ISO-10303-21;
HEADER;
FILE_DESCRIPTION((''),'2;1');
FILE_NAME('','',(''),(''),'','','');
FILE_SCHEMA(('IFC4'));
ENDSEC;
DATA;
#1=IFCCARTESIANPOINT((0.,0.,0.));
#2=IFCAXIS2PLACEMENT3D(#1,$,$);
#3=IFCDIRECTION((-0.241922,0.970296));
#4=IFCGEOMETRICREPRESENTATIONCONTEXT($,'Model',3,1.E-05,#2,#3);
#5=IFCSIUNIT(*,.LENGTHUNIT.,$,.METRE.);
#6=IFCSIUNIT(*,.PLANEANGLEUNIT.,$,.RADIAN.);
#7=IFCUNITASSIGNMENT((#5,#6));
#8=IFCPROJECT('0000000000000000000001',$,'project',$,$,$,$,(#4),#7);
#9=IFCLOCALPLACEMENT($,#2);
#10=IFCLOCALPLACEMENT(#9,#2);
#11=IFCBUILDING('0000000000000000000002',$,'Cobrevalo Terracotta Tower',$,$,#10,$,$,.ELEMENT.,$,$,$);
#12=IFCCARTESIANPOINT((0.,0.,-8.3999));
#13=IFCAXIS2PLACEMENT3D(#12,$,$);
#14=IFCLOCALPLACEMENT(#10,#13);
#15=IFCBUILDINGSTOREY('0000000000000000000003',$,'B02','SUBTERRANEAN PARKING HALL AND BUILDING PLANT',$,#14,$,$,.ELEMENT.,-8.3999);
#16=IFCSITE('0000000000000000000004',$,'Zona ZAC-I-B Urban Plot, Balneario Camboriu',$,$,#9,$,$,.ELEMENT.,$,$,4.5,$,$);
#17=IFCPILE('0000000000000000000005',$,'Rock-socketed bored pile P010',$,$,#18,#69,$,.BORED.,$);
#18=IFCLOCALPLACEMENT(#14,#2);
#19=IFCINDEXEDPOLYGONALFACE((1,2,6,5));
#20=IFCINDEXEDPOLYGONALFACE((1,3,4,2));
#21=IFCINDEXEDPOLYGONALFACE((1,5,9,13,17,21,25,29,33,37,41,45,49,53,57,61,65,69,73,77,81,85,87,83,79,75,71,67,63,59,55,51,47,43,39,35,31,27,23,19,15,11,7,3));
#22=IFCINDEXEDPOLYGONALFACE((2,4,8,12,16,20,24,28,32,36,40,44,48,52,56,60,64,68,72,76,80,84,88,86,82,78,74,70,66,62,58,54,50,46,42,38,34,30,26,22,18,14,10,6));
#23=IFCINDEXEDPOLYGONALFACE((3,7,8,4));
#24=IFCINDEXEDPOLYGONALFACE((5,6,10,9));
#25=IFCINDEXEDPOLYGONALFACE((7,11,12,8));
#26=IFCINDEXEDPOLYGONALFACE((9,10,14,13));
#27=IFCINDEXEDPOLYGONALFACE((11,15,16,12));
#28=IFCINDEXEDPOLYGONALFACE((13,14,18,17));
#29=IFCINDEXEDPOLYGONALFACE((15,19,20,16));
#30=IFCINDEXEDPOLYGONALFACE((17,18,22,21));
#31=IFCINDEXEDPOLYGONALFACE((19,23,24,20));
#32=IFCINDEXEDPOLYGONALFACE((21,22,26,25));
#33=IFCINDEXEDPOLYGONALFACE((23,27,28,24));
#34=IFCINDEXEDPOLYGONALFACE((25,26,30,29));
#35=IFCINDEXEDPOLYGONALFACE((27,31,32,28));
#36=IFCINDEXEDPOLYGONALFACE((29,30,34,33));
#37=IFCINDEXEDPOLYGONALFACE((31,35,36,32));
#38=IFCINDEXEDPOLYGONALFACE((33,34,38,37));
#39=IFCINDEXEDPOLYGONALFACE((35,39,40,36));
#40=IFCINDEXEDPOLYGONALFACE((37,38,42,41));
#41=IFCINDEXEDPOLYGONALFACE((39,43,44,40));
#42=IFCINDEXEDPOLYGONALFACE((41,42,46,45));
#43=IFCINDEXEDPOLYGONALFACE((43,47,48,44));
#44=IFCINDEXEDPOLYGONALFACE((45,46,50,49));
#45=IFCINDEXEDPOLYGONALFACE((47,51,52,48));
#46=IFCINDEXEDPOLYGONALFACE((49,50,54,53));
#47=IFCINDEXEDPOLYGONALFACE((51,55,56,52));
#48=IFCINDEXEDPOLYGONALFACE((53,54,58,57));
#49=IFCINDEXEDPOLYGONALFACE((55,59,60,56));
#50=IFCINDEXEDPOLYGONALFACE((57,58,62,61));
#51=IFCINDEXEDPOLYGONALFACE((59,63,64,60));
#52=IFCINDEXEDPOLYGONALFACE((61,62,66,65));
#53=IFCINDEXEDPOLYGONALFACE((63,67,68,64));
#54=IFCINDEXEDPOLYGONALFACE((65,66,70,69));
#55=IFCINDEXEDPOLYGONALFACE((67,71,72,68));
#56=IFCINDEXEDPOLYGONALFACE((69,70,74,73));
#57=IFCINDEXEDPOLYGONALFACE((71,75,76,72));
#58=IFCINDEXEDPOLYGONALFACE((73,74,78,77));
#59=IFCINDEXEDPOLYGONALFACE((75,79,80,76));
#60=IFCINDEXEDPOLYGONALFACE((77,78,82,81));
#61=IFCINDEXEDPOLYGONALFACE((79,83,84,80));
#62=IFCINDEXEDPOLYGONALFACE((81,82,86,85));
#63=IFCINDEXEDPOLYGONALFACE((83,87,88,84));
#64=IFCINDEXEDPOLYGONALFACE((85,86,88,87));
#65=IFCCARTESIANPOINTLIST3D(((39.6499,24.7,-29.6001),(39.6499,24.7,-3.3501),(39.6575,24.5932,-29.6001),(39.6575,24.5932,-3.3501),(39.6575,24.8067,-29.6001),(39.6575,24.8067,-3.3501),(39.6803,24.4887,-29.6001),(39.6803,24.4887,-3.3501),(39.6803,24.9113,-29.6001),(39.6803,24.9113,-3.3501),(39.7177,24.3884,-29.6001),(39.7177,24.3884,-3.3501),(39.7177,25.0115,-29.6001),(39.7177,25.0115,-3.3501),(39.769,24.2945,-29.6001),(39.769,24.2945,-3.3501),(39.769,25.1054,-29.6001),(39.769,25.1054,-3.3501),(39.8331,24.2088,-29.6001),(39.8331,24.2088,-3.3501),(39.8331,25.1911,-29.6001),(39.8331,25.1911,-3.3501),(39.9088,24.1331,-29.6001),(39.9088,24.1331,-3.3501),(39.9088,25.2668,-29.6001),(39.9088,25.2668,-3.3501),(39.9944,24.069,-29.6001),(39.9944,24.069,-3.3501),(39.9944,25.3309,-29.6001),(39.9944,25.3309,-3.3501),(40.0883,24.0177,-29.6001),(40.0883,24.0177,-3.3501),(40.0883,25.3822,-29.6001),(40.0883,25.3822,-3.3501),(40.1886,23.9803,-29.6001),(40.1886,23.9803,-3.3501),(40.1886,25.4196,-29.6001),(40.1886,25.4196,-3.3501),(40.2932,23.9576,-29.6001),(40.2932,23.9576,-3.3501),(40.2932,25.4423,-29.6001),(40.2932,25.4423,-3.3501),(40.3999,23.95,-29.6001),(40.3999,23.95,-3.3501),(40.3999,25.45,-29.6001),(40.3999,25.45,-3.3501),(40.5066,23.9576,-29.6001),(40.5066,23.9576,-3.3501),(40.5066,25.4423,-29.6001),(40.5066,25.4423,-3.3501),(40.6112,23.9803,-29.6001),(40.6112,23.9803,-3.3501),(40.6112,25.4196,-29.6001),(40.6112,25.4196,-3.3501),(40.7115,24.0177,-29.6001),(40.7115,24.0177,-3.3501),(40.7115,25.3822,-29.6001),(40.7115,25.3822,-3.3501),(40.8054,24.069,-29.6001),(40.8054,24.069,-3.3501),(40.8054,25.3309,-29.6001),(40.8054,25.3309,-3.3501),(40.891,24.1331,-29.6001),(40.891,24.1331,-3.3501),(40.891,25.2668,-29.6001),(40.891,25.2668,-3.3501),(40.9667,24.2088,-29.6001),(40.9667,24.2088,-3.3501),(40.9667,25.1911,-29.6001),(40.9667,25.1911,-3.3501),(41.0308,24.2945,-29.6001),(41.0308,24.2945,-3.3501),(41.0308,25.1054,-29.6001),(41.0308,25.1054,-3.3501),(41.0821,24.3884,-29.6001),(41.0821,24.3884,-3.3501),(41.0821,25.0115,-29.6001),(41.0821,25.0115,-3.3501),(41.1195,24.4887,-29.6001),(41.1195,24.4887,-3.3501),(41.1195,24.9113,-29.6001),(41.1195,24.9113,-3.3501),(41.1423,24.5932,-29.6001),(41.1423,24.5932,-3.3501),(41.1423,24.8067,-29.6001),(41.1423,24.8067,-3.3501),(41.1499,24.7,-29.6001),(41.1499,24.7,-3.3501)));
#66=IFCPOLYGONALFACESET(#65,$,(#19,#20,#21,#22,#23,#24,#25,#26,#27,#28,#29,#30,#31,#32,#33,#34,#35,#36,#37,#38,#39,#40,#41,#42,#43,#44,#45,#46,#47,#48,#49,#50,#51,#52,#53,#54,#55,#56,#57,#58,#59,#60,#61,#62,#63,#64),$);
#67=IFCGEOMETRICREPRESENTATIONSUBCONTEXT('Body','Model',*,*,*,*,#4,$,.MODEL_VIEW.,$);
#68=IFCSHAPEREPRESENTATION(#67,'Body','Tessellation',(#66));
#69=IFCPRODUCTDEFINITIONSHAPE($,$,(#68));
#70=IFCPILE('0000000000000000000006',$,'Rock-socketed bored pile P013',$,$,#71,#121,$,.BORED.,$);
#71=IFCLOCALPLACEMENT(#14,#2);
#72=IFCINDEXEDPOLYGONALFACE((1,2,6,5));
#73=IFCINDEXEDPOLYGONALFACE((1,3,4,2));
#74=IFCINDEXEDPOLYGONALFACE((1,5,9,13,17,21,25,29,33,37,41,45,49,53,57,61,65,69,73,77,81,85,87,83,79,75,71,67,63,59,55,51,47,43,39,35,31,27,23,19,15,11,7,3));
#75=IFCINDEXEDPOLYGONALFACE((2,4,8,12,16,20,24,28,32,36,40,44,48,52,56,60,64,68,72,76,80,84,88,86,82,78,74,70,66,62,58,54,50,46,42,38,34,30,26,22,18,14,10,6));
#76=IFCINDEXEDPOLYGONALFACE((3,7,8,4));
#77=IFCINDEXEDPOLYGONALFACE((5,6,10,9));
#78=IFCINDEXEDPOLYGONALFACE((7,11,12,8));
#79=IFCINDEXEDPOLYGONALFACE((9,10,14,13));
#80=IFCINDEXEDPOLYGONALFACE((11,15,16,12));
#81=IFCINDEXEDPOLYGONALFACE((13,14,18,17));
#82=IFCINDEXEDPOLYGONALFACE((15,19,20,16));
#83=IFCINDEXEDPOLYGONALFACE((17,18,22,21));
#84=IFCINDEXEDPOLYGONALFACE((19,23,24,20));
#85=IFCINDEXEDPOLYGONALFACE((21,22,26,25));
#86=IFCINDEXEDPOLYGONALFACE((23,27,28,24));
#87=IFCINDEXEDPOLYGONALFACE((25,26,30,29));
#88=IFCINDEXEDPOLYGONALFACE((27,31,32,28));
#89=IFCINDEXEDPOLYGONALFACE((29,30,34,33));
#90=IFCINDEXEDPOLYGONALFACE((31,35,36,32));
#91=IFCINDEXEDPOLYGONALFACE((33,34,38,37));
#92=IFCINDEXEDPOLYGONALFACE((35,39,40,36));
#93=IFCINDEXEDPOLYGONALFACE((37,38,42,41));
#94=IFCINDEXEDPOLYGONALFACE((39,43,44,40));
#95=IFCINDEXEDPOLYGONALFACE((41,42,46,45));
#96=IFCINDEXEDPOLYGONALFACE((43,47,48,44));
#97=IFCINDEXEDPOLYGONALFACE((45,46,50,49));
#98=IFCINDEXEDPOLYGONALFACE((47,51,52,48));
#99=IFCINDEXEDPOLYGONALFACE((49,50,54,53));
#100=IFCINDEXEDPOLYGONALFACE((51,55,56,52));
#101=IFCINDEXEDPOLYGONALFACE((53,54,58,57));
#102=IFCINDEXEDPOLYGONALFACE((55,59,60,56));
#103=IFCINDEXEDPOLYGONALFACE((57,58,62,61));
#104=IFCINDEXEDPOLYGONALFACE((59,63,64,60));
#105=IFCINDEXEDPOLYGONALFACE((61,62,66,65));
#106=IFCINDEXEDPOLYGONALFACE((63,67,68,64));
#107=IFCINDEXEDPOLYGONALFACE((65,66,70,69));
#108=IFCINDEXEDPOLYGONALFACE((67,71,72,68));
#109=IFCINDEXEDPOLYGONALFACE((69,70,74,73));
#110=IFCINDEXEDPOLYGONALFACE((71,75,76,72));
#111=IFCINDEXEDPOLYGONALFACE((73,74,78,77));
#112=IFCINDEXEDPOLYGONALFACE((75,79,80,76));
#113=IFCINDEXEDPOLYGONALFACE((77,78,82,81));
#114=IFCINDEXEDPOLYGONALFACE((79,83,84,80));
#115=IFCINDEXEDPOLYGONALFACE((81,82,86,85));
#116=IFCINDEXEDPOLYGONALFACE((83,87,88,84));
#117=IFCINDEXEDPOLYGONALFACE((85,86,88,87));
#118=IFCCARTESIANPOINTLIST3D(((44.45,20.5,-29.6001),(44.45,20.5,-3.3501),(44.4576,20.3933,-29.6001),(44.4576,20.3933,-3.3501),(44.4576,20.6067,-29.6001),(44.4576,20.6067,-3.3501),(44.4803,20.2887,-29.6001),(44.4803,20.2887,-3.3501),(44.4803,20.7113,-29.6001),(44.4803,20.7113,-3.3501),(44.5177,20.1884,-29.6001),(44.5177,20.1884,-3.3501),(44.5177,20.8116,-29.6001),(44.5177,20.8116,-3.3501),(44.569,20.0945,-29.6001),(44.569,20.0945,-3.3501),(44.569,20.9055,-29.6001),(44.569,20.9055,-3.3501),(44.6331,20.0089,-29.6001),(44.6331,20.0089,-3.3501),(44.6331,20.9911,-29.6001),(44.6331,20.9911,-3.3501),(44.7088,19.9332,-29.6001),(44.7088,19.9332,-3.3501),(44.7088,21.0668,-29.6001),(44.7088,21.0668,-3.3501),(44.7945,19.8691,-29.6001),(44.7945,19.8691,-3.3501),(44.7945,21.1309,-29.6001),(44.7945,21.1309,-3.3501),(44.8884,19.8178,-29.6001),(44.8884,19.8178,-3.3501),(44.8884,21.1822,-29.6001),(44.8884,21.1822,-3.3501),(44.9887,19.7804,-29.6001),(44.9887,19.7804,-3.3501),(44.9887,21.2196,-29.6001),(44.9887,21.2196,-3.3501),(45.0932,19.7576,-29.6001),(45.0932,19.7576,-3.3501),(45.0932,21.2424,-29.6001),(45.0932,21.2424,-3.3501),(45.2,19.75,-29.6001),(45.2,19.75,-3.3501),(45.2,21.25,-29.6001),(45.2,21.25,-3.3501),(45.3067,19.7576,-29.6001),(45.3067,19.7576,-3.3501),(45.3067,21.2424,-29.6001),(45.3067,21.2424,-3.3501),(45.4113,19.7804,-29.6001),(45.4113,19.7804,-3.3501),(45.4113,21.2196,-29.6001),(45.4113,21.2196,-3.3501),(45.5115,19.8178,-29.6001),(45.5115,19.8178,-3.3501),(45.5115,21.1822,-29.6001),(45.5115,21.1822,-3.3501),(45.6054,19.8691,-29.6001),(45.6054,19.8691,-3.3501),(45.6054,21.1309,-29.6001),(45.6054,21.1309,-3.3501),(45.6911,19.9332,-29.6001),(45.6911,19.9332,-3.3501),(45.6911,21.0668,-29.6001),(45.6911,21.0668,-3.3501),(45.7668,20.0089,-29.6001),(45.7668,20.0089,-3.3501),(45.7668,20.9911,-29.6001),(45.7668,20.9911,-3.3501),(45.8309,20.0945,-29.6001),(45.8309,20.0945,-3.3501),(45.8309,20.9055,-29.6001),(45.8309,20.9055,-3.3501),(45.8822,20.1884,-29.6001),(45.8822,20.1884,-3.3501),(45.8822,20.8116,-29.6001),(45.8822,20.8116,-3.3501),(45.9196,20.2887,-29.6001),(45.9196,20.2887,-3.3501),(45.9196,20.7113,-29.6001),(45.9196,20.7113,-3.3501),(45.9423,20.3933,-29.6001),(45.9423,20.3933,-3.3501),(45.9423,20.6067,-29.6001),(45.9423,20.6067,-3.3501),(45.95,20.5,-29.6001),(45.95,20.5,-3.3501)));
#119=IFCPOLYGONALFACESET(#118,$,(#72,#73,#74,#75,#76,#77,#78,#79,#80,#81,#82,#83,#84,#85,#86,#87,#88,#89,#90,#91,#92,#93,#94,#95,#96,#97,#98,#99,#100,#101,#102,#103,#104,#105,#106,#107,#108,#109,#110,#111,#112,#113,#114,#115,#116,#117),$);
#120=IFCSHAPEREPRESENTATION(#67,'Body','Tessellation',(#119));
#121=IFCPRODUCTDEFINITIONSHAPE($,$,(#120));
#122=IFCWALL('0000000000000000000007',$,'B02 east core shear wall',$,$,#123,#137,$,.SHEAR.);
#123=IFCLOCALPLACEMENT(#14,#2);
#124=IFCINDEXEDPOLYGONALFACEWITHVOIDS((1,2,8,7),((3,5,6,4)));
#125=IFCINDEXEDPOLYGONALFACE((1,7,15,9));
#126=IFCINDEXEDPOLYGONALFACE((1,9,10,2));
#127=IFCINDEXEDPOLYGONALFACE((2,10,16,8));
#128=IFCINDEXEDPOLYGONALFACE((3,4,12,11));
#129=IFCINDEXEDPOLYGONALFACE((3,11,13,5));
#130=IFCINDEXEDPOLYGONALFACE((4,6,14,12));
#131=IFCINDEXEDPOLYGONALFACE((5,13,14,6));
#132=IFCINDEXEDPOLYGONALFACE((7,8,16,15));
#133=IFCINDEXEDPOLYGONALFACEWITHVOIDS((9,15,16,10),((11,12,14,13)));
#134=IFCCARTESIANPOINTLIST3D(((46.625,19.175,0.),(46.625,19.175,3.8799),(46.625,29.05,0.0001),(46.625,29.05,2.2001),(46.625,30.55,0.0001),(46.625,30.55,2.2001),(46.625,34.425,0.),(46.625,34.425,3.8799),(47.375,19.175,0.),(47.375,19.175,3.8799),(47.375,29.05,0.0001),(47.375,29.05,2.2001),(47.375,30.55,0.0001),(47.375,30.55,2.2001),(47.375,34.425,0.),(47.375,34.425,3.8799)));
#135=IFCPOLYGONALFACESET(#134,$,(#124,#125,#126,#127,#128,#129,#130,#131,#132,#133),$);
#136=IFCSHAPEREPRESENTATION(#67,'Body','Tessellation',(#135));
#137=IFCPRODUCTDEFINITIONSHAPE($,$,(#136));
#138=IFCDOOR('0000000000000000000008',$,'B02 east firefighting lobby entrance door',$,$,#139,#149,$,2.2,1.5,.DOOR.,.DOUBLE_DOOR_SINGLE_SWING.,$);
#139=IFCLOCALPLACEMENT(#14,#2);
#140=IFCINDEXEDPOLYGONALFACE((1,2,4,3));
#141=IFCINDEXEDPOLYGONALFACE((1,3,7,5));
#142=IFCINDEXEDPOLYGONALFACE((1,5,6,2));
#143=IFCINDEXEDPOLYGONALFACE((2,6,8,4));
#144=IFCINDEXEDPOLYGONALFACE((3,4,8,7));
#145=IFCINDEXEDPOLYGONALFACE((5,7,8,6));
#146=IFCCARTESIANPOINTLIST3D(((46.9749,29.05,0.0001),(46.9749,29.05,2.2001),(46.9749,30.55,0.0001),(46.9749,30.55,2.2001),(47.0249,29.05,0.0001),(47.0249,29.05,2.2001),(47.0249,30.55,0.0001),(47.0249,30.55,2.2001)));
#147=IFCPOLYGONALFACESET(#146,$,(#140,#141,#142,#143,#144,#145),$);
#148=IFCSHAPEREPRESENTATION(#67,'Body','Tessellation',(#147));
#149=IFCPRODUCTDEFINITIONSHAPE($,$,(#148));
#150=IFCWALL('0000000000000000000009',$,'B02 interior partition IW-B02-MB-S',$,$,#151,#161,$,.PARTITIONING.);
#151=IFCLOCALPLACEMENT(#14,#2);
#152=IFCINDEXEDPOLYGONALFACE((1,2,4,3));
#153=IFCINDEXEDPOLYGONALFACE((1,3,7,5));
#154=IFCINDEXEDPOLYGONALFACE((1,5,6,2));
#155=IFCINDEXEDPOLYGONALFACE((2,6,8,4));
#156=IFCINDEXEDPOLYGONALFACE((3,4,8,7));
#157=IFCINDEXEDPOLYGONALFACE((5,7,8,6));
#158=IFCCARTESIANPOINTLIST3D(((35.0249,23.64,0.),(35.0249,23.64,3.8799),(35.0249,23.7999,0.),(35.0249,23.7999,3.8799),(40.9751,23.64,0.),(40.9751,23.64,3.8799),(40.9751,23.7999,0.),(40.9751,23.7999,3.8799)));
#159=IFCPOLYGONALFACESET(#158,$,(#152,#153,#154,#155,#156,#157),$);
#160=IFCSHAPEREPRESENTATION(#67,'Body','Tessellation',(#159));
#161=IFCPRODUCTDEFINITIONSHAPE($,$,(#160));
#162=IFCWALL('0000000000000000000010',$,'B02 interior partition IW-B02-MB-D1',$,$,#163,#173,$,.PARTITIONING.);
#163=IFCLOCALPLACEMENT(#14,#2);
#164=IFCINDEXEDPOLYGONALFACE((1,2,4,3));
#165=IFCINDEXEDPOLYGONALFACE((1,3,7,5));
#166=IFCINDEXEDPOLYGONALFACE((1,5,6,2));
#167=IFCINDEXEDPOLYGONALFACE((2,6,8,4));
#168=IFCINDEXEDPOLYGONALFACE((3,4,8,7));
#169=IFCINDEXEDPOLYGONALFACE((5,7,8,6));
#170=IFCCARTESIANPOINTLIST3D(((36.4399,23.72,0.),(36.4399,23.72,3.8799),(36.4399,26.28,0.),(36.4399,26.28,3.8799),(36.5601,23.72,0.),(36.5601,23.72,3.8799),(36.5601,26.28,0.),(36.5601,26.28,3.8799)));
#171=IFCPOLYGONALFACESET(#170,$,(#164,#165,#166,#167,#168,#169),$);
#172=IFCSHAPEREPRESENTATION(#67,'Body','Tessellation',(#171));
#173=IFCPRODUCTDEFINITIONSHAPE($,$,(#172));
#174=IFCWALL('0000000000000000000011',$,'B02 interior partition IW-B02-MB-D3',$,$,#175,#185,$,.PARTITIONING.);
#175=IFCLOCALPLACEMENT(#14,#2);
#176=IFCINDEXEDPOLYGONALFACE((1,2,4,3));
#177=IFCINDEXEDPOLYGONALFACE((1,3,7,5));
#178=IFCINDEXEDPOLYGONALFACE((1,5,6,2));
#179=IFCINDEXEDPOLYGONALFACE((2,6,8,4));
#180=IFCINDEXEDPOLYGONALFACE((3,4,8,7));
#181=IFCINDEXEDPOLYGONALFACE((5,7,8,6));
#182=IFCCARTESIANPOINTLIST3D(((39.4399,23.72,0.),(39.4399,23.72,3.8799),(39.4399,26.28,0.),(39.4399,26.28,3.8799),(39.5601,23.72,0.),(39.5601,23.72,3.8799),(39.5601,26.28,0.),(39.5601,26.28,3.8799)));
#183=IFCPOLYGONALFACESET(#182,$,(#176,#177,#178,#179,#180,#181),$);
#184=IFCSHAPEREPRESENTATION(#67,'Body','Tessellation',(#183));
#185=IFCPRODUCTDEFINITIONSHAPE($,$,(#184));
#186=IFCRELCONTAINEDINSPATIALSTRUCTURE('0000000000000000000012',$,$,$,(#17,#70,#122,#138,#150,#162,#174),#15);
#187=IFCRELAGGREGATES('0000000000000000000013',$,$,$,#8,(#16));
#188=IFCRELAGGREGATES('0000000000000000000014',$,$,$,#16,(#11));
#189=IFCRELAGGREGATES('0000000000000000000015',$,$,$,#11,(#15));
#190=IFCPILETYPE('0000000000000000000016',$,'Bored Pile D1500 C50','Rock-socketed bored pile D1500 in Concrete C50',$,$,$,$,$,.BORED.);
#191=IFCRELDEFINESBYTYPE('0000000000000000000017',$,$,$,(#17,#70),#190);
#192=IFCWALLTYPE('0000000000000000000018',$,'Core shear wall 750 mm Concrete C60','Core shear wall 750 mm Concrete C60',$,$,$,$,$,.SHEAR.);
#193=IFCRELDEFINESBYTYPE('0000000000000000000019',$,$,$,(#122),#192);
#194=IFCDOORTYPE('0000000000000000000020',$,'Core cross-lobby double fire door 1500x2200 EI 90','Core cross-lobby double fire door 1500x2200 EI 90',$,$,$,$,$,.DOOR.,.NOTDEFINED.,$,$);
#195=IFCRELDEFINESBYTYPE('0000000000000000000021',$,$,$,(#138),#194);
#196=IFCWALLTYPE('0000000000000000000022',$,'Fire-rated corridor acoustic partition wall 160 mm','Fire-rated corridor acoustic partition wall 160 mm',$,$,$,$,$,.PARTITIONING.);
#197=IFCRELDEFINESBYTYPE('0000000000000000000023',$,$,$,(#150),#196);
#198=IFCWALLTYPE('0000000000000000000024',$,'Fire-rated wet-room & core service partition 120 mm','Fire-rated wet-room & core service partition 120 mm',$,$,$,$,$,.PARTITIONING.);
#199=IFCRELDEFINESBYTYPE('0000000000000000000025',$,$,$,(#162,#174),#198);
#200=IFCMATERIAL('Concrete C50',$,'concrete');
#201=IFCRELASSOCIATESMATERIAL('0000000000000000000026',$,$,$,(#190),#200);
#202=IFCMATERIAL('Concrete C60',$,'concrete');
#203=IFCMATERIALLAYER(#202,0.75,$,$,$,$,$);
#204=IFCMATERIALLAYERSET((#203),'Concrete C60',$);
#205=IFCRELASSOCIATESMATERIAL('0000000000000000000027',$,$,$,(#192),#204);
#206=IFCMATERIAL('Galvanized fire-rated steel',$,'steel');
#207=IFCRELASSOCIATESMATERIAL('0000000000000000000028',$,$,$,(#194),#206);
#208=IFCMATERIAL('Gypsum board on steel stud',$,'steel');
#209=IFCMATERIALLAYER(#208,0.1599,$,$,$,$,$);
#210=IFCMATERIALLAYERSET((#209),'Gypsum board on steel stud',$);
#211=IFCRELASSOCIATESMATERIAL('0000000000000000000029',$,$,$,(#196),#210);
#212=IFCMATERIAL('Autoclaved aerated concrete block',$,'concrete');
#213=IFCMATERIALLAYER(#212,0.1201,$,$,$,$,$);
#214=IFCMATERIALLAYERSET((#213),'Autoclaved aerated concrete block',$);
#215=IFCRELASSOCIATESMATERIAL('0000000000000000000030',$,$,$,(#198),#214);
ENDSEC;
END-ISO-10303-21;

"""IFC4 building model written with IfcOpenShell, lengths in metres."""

from ifc_helpers import new_model, si_unit, direction, frame, frame_2d, origin, origin_2d, place, context, subcontext, project, spatial, rectangle, circle, extrude, source, transform, mapped, material, layer, layer_set, material_profile, profile_set, type_object, element, fill, save


model = new_model("IFC4")

# Units and contexts
model_context = context("Model", 3, precision=1e-05, world=origin(), true_north=direction((-0.241922, 0.970296)))
body_context = subcontext(model_context, "Body", "Model", "MODEL_VIEW")
ifc_project = project(units=[si_unit("LENGTHUNIT", "METRE"), si_unit("PLANEANGLEUNIT", "RADIAN")], contexts=[model_context])

# Site, building, storey
site_placement = place(None, origin())
site = spatial("IfcSite", under=ifc_project, at=site_placement, Name="Zona ZAC-I-B Urban Plot, Balneario Camboriu", CompositionType="ELEMENT", RefElevation=4.5)
building_placement = place(site_placement, origin())
building = spatial("IfcBuilding", under=site, at=building_placement, Name="Cobrevalo Terracotta Tower", CompositionType="ELEMENT")
storey_placement = place(building_placement, frame((0.0, 0.0, -8.3999)))
storey = spatial("IfcBuildingStorey", under=building, at=storey_placement, Name="B02", Description="SUBTERRANEAN PARKING HALL AND BUILDING PLANT", CompositionType="ELEMENT", Elevation=-8.3999)

# Piles
ifc_material_1 = material(Name="Concrete C50", Category="concrete")
ifc_material_profile = material_profile(ifc_material_1, circle(Radius=0.75, at=origin_2d()), Name="PILE D1500")
ifc_profile_set = profile_set([ifc_material_profile], Name="Concrete C50")
pile_type = type_object("IfcPileType", Name="Bored Pile D1500 C50", Description="Rock-socketed bored pile D1500 in Concrete C50", PredefinedType="BORED", material=ifc_profile_set)
for number, where, z_axis, x_axis, name in (
    (1, (40.3999, 24.7, -3.3501), (0.0, 0.0, -1.0), (1.0, 0.0, 0.0), "Rock-socketed bored pile P010"),
    (2, (45.2, 20.5, -3.3501), (0.0, 0.0, -1.0), (1.0, 0.0, 0.0), "Rock-socketed bored pile P013"),
):
    element("IfcPile", number, at=place(storey_placement, frame(where, z_axis=z_axis, x_axis=x_axis)), inside=storey, type_object=pile_type, Name=name, PredefinedType="BORED", context=body_context, shape_type="SweptSolid", body=[
        extrude(circle(Radius=0.75, at=origin_2d()), origin(), (0.0, 0.0, 1.0), 26.25),
    ])

# Wall, opening, door
ifc_material_2 = material(Name="Concrete C60", Category="concrete")
ifc_layer_1 = layer(ifc_material_2, 0.75)
ifc_layer_set_1 = layer_set([ifc_layer_1], Name="Concrete C60")
wall_type_1 = type_object("IfcWallType", Name="Core shear wall 750 mm Concrete C60", Description="Core shear wall 750 mm Concrete C60", PredefinedType="SHEAR", material=ifc_layer_set_1)
wall_1_placement = place(storey_placement, frame((47.0, 19.175, 0.0), z_axis=(0.0, 0.0, 1.0), x_axis=(0.0, 1.0, 0.0)))
wall_1 = element("IfcWall", 3, at=wall_1_placement, inside=storey, type_object=wall_type_1, Name="B02 east core shear wall", PredefinedType="SHEAR", context=body_context, shape_type="SweptSolid", body=[
    extrude(rectangle(XDim=15.25, YDim=0.75, at=frame_2d((7.625, 0.0))), origin(), (0.0, 0.0, 1.0), 3.8799),
])
opening_1_placement = place(wall_1_placement, frame((9.875, 0.0, 0.0)))
opening_1 = element("IfcOpeningElement", 4, at=opening_1_placement, cuts=wall_1, PredefinedType="OPENING", context=body_context, shape_type="SweptSolid", body=[
    extrude(rectangle(XDim=1.5, YDim=2.2, at=frame_2d((0.75, 1.1001))), frame((0.0, 0.385, 0.0), z_axis=(0.0, -1.0, 0.0), x_axis=(1.0, 0.0, 0.0)), (0.0, 0.0, 1.0), 0.77),
])
ifc_material_3 = material(Name="Galvanized fire-rated steel", Category="steel")
door_type_1 = type_object("IfcDoorType", Name="Core cross-lobby double fire door 1500x2200 EI 90", Description="Core cross-lobby double fire door 1500x2200 EI 90", OperationType="NOTDEFINED", PredefinedType="DOOR", material=ifc_material_3)
shared_shape_1 = source(origin(), body_context, "Body", "SweptSolid", [
    extrude(rectangle(XDim=1.5, YDim=2.2, at=frame_2d((0.75, 1.1001))), frame((0.0, 0.0249, 0.0), z_axis=(0.0, -1.0, 0.0), x_axis=(1.0, 0.0, 0.0)), (0.0, 0.0, 1.0), 0.05),
])
door_1_placement = place(opening_1_placement, frame((1.5, 0.0, 0.0), z_axis=(0.0, 0.0, 1.0), x_axis=(-1.0, 0.0, 0.0)))
door_1 = element("IfcDoor", 5, at=door_1_placement, inside=storey, type_object=door_type_1, Name="B02 east firefighting lobby entrance door", OperationType="DOUBLE_DOOR_SINGLE_SWING", OverallHeight=2.2, OverallWidth=1.5, PredefinedType="DOOR", context=body_context, shape_type="MappedRepresentation", body=[
    mapped(shared_shape_1, transform((0.0, 0.0, 0.0), scale=1.0)),
])
fill(opening_1, door_1)

# Walls
ifc_material_4 = material(Name="Gypsum board on steel stud", Category="steel")
ifc_layer_2 = layer(ifc_material_4, 0.1599)
ifc_layer_set_2 = layer_set([ifc_layer_2], Name="Gypsum board on steel stud")
wall_type_2 = type_object("IfcWallType", Name="Fire-rated corridor acoustic partition wall 160 mm", Description="Fire-rated corridor acoustic partition wall 160 mm", PredefinedType="PARTITIONING", material=ifc_layer_set_2)
wall_2_placement = place(storey_placement, frame((35.0249, 23.72, 0.0), z_axis=(0.0, 0.0, 1.0), x_axis=(1.0, 0.0, 0.0)))
element("IfcWall", 6, at=wall_2_placement, inside=storey, type_object=wall_type_2, Name="B02 interior partition IW-B02-MB-S", PredefinedType="PARTITIONING", context=body_context, shape_type="SweptSolid", body=[
    extrude(rectangle(XDim=5.9502, YDim=0.1599, at=frame_2d((2.9751, 0.0))), origin(), (0.0, 0.0, 1.0), 3.8799),
])
ifc_material_5 = material(Name="Autoclaved aerated concrete block", Category="concrete")
ifc_layer_3 = layer(ifc_material_5, 0.1201)
ifc_layer_set_3 = layer_set([ifc_layer_3], Name="Autoclaved aerated concrete block")
wall_type_3 = type_object("IfcWallType", Name="Fire-rated wet-room & core service partition 120 mm", Description="Fire-rated wet-room & core service partition 120 mm", PredefinedType="PARTITIONING", material=ifc_layer_set_3)
for number, where, z_axis, x_axis, name in (
    (7, (36.5, 23.72, 0.0), (0.0, 0.0, 1.0), (0.0, 1.0, 0.0), "B02 interior partition IW-B02-MB-D1"),
    (8, (39.5, 23.72, 0.0), (0.0, 0.0, 1.0), (0.0, 1.0, 0.0), "B02 interior partition IW-B02-MB-D3"),
):
    element("IfcWall", number, at=place(storey_placement, frame(where, z_axis=z_axis, x_axis=x_axis)), inside=storey, type_object=wall_type_3, Name=name, PredefinedType="PARTITIONING", context=body_context, shape_type="SweptSolid", body=[
        extrude(rectangle(XDim=2.5601, YDim=0.1201, at=frame_2d((1.28, 0.0))), origin(), (0.0, 0.0, 1.0), 3.8799),
    ])

save(model, "model.ifc")
